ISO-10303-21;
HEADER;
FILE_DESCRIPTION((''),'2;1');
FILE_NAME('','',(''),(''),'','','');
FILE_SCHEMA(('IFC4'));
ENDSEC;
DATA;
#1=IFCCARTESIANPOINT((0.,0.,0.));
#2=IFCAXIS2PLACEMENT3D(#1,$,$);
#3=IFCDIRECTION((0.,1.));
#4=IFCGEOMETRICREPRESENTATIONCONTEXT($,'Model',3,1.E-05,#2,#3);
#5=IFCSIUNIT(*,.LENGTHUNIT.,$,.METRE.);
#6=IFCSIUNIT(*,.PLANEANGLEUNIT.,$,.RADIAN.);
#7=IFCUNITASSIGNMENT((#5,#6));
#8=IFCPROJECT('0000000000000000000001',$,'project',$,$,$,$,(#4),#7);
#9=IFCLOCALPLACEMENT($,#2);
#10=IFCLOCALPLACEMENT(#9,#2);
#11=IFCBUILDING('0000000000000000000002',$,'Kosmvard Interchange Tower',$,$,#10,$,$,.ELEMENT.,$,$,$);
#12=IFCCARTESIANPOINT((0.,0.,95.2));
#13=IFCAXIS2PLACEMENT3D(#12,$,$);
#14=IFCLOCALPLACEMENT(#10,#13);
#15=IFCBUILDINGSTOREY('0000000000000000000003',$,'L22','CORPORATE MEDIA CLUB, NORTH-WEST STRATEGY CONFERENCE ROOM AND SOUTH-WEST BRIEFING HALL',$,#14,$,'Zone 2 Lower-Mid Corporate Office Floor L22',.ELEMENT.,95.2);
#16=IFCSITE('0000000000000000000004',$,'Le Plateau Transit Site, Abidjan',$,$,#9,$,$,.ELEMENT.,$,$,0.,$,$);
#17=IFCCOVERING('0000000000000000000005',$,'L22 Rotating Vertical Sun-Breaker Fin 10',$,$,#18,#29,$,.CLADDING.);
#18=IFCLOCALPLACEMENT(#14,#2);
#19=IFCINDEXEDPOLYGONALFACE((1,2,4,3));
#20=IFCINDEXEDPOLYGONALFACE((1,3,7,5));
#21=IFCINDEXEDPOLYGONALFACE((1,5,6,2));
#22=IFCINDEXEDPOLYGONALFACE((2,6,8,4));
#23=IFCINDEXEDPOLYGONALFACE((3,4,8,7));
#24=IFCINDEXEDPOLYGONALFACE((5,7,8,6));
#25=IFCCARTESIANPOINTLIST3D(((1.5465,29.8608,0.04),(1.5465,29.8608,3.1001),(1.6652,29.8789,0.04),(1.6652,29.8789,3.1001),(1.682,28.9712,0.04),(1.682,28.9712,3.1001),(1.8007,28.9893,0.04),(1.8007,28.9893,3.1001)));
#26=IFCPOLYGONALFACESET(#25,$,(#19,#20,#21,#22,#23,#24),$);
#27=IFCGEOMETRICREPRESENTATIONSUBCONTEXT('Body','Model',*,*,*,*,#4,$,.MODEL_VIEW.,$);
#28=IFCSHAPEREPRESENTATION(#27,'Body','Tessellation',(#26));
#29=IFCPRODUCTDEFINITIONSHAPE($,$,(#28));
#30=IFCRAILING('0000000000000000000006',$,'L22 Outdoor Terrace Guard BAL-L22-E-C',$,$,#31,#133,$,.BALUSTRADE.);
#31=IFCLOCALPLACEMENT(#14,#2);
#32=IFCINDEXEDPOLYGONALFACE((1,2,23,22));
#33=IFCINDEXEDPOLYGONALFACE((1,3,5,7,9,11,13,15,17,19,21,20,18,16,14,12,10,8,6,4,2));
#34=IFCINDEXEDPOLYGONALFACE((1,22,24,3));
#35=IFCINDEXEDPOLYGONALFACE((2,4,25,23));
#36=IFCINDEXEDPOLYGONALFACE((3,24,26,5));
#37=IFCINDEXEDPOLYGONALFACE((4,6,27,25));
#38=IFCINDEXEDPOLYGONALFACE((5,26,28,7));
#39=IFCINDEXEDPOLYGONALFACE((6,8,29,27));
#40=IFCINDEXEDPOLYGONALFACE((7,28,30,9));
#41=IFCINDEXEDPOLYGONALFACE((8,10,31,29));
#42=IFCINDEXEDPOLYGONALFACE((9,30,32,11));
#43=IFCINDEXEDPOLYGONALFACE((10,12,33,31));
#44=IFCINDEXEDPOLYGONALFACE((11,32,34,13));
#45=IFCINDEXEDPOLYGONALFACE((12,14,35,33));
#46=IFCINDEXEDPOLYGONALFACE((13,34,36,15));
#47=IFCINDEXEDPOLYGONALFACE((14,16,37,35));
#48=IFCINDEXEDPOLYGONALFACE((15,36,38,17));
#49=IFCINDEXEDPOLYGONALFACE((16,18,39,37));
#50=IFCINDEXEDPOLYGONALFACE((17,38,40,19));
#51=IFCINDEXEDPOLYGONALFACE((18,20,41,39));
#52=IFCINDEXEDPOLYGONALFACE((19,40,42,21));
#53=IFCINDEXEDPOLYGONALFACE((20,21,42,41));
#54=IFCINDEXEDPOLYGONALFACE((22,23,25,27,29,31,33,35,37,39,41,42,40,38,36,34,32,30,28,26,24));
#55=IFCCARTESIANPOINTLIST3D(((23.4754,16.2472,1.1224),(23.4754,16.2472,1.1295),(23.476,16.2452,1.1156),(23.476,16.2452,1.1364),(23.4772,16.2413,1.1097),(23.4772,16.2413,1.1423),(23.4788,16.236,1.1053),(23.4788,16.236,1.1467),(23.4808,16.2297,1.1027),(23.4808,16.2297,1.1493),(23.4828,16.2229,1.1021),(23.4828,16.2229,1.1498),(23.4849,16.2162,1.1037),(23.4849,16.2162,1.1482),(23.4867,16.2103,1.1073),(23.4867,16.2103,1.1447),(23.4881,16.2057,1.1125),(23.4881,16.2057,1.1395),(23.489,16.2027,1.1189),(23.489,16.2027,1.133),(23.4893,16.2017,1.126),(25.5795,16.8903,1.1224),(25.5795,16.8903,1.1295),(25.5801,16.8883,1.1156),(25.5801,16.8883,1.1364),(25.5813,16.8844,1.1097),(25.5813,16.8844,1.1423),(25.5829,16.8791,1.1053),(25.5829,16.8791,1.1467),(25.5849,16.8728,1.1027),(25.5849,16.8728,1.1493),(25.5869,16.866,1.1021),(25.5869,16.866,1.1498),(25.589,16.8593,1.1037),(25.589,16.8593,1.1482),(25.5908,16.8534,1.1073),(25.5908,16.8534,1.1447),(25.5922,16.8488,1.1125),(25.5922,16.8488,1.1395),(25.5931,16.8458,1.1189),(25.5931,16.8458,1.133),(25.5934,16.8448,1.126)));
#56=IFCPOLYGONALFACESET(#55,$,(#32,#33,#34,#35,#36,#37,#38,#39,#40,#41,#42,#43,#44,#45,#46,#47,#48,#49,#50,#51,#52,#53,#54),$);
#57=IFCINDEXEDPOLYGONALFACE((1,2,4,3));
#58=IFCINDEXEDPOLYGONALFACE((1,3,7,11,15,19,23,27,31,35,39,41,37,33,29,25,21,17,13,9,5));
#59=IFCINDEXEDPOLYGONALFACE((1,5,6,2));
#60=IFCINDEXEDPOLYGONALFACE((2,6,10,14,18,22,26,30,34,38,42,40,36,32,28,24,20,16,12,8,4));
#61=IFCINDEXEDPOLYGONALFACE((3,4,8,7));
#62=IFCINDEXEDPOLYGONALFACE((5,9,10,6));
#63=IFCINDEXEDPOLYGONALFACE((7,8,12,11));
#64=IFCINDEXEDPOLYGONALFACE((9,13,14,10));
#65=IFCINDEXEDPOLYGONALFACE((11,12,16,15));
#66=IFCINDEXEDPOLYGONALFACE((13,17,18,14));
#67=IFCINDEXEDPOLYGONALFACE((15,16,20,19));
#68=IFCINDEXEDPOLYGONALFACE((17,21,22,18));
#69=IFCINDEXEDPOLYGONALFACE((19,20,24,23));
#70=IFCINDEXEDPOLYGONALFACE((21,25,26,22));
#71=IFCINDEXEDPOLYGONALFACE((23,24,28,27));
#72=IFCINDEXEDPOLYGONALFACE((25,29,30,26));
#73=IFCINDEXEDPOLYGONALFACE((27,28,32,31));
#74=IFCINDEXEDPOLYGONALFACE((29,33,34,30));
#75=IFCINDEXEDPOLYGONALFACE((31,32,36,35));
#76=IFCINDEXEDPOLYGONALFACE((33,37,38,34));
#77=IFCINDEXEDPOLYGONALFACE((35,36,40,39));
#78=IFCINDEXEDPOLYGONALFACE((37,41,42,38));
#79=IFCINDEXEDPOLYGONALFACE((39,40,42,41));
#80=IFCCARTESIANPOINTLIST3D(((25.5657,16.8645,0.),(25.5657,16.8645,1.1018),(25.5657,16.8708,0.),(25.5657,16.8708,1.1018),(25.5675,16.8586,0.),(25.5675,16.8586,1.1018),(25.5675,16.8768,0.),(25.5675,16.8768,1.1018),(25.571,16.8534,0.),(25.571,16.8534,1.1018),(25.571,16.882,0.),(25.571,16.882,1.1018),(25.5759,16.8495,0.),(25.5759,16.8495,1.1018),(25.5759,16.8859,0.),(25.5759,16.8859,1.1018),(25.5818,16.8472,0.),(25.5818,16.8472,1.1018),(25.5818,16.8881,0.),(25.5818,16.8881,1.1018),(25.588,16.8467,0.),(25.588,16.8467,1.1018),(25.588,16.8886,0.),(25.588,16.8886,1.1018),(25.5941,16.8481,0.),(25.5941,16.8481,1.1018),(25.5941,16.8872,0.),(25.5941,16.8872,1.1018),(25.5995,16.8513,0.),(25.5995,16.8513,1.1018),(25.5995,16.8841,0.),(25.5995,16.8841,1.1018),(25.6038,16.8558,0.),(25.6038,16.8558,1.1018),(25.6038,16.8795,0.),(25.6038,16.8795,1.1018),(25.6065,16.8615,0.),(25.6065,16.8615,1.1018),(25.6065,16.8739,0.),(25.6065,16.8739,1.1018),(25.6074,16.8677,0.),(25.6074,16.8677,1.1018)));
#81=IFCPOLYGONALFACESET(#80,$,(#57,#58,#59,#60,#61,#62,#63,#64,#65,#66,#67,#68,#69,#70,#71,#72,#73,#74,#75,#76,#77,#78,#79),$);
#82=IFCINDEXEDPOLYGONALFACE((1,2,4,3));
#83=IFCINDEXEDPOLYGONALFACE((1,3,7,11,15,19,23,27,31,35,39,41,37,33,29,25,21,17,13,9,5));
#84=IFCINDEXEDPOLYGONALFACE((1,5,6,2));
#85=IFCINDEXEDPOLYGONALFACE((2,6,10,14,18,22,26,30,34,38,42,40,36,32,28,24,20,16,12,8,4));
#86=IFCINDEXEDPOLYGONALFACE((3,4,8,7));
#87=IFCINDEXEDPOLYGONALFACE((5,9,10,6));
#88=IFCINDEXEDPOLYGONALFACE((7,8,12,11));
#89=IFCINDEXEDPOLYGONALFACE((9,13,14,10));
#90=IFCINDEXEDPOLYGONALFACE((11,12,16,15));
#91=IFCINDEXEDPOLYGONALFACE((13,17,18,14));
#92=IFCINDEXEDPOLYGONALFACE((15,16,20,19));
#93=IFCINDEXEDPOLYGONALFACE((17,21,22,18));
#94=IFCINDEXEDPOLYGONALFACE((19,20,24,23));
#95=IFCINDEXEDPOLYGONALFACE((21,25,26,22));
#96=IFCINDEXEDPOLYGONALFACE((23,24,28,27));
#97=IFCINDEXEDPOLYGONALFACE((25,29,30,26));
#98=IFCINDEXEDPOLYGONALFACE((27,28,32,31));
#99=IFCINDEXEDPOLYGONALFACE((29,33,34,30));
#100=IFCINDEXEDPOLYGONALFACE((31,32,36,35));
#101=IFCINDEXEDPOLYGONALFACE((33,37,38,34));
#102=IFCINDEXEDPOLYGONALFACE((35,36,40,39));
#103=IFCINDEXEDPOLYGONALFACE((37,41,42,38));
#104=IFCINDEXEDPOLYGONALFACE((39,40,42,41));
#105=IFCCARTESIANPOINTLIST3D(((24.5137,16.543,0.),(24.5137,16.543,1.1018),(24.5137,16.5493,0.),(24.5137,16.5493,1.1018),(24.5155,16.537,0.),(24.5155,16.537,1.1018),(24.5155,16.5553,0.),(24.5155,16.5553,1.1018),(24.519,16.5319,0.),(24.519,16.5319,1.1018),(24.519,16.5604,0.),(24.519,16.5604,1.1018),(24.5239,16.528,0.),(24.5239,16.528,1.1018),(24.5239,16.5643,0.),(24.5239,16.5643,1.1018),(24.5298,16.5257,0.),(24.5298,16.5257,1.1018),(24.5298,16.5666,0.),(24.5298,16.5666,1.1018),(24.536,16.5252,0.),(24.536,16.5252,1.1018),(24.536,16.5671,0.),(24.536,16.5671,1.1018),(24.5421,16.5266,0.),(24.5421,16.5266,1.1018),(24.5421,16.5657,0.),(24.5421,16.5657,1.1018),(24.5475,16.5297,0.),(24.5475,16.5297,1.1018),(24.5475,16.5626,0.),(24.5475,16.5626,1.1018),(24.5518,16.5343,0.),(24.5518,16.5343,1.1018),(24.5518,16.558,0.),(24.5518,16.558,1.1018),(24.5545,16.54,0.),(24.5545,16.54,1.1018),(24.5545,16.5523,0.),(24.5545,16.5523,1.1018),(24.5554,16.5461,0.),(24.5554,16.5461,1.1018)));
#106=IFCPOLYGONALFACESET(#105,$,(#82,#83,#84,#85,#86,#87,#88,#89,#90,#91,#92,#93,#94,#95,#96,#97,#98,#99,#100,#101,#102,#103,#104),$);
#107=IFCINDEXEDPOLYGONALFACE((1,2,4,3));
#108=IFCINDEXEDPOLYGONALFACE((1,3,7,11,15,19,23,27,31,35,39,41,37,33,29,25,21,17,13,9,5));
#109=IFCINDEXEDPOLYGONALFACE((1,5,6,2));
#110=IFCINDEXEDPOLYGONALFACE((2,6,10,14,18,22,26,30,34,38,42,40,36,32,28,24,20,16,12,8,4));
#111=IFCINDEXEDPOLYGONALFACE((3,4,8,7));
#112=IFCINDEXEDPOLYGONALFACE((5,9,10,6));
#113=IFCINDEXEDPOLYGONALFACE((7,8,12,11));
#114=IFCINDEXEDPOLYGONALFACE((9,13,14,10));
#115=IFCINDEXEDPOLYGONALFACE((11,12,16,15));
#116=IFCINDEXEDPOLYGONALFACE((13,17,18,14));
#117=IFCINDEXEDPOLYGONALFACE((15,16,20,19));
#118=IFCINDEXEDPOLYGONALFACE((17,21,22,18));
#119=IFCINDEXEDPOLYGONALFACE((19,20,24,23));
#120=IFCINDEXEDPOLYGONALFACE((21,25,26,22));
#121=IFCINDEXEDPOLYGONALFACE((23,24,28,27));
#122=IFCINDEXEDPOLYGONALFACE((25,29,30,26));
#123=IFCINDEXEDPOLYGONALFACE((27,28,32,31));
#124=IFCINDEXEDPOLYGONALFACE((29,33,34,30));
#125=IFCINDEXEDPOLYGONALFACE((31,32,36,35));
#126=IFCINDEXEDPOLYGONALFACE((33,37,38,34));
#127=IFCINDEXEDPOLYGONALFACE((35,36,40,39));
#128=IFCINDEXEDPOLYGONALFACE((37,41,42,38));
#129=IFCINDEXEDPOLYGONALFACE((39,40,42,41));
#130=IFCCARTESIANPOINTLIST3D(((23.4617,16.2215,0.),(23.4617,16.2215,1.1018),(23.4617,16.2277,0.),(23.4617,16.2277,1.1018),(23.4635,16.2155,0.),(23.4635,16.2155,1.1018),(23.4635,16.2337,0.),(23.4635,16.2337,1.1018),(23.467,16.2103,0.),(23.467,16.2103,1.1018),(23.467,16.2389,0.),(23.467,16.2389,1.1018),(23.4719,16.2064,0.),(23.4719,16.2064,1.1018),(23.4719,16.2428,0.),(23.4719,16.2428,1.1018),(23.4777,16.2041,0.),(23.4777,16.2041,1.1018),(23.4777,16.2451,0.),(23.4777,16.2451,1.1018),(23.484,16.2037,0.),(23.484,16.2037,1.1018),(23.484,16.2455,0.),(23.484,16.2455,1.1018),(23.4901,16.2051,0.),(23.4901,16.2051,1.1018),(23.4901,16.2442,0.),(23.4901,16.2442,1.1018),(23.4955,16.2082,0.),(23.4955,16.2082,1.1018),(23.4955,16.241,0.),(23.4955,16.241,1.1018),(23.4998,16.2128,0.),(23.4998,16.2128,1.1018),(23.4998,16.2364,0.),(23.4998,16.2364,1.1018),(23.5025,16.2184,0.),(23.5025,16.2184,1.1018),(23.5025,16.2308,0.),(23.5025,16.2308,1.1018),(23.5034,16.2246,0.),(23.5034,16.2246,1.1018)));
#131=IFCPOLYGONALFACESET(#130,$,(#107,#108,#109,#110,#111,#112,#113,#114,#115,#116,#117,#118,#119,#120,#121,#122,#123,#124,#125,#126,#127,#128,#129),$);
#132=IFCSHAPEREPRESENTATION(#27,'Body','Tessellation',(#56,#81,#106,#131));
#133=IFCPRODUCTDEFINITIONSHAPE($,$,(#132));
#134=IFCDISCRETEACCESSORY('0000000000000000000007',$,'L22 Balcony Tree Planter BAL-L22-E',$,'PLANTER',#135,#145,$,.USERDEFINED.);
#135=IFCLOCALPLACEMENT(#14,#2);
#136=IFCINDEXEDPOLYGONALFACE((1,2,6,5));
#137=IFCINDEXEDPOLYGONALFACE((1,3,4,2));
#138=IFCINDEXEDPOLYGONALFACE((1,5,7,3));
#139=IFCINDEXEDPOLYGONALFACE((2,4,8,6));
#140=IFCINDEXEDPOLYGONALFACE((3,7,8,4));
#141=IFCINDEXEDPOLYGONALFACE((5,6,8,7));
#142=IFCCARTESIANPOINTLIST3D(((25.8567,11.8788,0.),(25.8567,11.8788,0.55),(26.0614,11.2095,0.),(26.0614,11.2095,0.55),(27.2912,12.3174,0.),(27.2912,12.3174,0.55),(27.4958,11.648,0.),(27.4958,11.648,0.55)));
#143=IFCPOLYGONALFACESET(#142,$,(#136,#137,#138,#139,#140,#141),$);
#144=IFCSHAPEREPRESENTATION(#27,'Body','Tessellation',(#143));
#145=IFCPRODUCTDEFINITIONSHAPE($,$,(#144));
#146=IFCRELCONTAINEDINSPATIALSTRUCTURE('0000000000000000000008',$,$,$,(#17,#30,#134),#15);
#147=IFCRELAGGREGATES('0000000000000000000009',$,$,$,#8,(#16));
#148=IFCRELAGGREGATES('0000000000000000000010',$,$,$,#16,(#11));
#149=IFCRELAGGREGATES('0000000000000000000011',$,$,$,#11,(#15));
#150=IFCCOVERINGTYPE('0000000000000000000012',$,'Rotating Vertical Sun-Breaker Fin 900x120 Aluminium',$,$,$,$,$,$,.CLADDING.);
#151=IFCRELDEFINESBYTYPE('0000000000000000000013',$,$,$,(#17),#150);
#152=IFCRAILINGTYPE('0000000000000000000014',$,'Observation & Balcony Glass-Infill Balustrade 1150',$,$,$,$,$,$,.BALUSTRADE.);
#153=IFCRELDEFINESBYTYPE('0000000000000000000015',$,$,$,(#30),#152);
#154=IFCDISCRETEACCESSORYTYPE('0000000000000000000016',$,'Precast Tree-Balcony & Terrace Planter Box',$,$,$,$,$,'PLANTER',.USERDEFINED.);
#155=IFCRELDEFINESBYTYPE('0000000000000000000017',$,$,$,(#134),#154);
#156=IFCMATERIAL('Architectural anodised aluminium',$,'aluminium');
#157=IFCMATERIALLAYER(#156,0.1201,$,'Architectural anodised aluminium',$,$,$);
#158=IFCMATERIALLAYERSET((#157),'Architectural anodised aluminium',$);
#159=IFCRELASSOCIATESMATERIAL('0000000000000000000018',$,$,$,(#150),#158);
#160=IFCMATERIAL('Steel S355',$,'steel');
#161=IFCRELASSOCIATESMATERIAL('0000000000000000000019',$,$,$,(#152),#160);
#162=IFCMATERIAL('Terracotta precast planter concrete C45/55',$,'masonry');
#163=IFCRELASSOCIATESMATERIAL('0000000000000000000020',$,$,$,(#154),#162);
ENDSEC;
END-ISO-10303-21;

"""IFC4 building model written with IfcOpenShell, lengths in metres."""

from ifc_helpers import new_model, si_unit, direction, frame, origin, origin_2d, place, context, subcontext, project, spatial, rectangle, circle, extrude, source, transform, mapped, material, layer, layer_set, type_object, element, save


model = new_model("IFC4")

# Units and contexts
model_context = context("Model", 3, precision=1e-05, world=origin(), true_north=direction((0.0, 1.0)))
body_context = subcontext(model_context, "Body", "Model", "MODEL_VIEW")
ifc_project = project(units=[si_unit("LENGTHUNIT", "METRE"), si_unit("PLANEANGLEUNIT", "RADIAN")], contexts=[model_context])

# Site, building, storey
site_placement = place(None, origin())
site = spatial("IfcSite", under=ifc_project, at=site_placement, Name="Le Plateau Transit Site, Abidjan", CompositionType="ELEMENT", RefElevation=0.0)
building_placement = place(site_placement, origin())
building = spatial("IfcBuilding", under=site, at=building_placement, Name="Kosmvard Interchange Tower", CompositionType="ELEMENT")
storey_placement = place(building_placement, frame((0.0, 0.0, 95.2)))
storey = spatial("IfcBuildingStorey", under=building, at=storey_placement, Name="L22", Description="CORPORATE MEDIA CLUB, NORTH-WEST STRATEGY CONFERENCE ROOM AND SOUTH-WEST BRIEFING HALL", LongName="Zone 2 Lower-Mid Corporate Office Floor L22", CompositionType="ELEMENT", Elevation=95.2)

# Shared definitions
ifc_material_1 = material(Name="Steel S355", Category="steel")

# Covering
ifc_material_2 = material(Name="Architectural anodised aluminium", Category="aluminium")
ifc_layer_1 = layer(ifc_material_2, 0.1201, Name="Architectural anodised aluminium")
ifc_layer_set_1 = layer_set([ifc_layer_1], Name="Architectural anodised aluminium")
covering_type = type_object("IfcCoveringType", Name="Rotating Vertical Sun-Breaker Fin 900x120 Aluminium", PredefinedType="CLADDING", material=ifc_layer_set_1)
shared_shape_1 = source(origin(), body_context, "Body", "SweptSolid", [
    extrude(rectangle(XDim=0.8999, YDim=0.1201, at=origin_2d()), origin(), (0.0, 0.0, 1.0), 3.0601),
])
for number, where, z_axis, x_axis, name in (
    (1, (1.6736, 29.425, 0.04), (0.0, 0.0, 1.0), (-0.150571, 0.988599, 0.0), "L22 Rotating Vertical Sun-Breaker Fin 10"),
):
    element("IfcCovering", number, at=place(storey_placement, frame(where, z_axis=z_axis, x_axis=x_axis)), inside=storey, type_object=covering_type, Name=name, PredefinedType="CLADDING", context=body_context, shape_type="MappedRepresentation", body=[
        mapped(shared_shape_1, transform((0.0, 0.0, 0.0), scale=1.0)),
    ])

# Railing
railing_type = type_object("IfcRailingType", Name="Observation & Balcony Glass-Infill Balustrade 1150", PredefinedType="BALUSTRADE", material=ifc_material_1)
shared_shape_2 = source(origin(), body_context, "Body", "SweptSolid", [
    extrude(circle(Radius=0.0239, at=origin_2d()), frame((0.0, 0.0, 1.126), z_axis=(-0.956329, -0.292292, 0.0), x_axis=(0.292292, -0.956329, 0.0)), (0.0, 0.0, 1.0), 2.2002),
    extrude(circle(Radius=0.021, at=origin_2d()), origin(), (0.0, 0.0, 1.0), 1.1018),
    extrude(circle(Radius=0.021, at=origin_2d()), frame((-1.052, -0.3215, 0.0)), (0.0, 0.0, 1.0), 1.1018),
    extrude(circle(Radius=0.021, at=origin_2d()), frame((-2.104, -0.6431, 0.0)), (0.0, 0.0, 1.0), 1.1018),
])
railing_placement = place(storey_placement, frame((25.5864, 16.8677, 0.0)))
element("IfcRailing", 2, at=railing_placement, inside=storey, type_object=railing_type, Name="L22 Outdoor Terrace Guard BAL-L22-E-C", PredefinedType="BALUSTRADE", context=body_context, shape_type="MappedRepresentation", body=[
    mapped(shared_shape_2, transform((0.0, 0.0, 0.0), scale=1.0)),
])

# Discrete accessory
ifc_material_3 = material(Name="Terracotta precast planter concrete C45/55", Category="masonry")
discrete_accessory_type = type_object("IfcDiscreteAccessoryType", Name="Precast Tree-Balcony & Terrace Planter Box", ElementType="PLANTER", PredefinedType="USERDEFINED", material=ifc_material_3)
shared_shape_3 = source(origin(), body_context, "Body", "SweptSolid", [
    extrude(rectangle(XDim=1.5, YDim=0.7, at=origin_2d()), origin(), (0.0, 0.0, 1.0), 0.55),
])
discrete_accessory_placement = place(storey_placement, frame((26.6763, 11.7634, 0.0), z_axis=(0.0, 0.0, 1.0), x_axis=(0.956305, 0.292372, 0.0)))
element("IfcDiscreteAccessory", 3, at=discrete_accessory_placement, inside=storey, type_object=discrete_accessory_type, Name="L22 Balcony Tree Planter BAL-L22-E", ObjectType="PLANTER", PredefinedType="USERDEFINED", context=body_context, shape_type="MappedRepresentation", body=[
    mapped(shared_shape_3, transform((0.0, 0.0, 0.0), scale=1.0)),
])

save(model, "model.ifc")
